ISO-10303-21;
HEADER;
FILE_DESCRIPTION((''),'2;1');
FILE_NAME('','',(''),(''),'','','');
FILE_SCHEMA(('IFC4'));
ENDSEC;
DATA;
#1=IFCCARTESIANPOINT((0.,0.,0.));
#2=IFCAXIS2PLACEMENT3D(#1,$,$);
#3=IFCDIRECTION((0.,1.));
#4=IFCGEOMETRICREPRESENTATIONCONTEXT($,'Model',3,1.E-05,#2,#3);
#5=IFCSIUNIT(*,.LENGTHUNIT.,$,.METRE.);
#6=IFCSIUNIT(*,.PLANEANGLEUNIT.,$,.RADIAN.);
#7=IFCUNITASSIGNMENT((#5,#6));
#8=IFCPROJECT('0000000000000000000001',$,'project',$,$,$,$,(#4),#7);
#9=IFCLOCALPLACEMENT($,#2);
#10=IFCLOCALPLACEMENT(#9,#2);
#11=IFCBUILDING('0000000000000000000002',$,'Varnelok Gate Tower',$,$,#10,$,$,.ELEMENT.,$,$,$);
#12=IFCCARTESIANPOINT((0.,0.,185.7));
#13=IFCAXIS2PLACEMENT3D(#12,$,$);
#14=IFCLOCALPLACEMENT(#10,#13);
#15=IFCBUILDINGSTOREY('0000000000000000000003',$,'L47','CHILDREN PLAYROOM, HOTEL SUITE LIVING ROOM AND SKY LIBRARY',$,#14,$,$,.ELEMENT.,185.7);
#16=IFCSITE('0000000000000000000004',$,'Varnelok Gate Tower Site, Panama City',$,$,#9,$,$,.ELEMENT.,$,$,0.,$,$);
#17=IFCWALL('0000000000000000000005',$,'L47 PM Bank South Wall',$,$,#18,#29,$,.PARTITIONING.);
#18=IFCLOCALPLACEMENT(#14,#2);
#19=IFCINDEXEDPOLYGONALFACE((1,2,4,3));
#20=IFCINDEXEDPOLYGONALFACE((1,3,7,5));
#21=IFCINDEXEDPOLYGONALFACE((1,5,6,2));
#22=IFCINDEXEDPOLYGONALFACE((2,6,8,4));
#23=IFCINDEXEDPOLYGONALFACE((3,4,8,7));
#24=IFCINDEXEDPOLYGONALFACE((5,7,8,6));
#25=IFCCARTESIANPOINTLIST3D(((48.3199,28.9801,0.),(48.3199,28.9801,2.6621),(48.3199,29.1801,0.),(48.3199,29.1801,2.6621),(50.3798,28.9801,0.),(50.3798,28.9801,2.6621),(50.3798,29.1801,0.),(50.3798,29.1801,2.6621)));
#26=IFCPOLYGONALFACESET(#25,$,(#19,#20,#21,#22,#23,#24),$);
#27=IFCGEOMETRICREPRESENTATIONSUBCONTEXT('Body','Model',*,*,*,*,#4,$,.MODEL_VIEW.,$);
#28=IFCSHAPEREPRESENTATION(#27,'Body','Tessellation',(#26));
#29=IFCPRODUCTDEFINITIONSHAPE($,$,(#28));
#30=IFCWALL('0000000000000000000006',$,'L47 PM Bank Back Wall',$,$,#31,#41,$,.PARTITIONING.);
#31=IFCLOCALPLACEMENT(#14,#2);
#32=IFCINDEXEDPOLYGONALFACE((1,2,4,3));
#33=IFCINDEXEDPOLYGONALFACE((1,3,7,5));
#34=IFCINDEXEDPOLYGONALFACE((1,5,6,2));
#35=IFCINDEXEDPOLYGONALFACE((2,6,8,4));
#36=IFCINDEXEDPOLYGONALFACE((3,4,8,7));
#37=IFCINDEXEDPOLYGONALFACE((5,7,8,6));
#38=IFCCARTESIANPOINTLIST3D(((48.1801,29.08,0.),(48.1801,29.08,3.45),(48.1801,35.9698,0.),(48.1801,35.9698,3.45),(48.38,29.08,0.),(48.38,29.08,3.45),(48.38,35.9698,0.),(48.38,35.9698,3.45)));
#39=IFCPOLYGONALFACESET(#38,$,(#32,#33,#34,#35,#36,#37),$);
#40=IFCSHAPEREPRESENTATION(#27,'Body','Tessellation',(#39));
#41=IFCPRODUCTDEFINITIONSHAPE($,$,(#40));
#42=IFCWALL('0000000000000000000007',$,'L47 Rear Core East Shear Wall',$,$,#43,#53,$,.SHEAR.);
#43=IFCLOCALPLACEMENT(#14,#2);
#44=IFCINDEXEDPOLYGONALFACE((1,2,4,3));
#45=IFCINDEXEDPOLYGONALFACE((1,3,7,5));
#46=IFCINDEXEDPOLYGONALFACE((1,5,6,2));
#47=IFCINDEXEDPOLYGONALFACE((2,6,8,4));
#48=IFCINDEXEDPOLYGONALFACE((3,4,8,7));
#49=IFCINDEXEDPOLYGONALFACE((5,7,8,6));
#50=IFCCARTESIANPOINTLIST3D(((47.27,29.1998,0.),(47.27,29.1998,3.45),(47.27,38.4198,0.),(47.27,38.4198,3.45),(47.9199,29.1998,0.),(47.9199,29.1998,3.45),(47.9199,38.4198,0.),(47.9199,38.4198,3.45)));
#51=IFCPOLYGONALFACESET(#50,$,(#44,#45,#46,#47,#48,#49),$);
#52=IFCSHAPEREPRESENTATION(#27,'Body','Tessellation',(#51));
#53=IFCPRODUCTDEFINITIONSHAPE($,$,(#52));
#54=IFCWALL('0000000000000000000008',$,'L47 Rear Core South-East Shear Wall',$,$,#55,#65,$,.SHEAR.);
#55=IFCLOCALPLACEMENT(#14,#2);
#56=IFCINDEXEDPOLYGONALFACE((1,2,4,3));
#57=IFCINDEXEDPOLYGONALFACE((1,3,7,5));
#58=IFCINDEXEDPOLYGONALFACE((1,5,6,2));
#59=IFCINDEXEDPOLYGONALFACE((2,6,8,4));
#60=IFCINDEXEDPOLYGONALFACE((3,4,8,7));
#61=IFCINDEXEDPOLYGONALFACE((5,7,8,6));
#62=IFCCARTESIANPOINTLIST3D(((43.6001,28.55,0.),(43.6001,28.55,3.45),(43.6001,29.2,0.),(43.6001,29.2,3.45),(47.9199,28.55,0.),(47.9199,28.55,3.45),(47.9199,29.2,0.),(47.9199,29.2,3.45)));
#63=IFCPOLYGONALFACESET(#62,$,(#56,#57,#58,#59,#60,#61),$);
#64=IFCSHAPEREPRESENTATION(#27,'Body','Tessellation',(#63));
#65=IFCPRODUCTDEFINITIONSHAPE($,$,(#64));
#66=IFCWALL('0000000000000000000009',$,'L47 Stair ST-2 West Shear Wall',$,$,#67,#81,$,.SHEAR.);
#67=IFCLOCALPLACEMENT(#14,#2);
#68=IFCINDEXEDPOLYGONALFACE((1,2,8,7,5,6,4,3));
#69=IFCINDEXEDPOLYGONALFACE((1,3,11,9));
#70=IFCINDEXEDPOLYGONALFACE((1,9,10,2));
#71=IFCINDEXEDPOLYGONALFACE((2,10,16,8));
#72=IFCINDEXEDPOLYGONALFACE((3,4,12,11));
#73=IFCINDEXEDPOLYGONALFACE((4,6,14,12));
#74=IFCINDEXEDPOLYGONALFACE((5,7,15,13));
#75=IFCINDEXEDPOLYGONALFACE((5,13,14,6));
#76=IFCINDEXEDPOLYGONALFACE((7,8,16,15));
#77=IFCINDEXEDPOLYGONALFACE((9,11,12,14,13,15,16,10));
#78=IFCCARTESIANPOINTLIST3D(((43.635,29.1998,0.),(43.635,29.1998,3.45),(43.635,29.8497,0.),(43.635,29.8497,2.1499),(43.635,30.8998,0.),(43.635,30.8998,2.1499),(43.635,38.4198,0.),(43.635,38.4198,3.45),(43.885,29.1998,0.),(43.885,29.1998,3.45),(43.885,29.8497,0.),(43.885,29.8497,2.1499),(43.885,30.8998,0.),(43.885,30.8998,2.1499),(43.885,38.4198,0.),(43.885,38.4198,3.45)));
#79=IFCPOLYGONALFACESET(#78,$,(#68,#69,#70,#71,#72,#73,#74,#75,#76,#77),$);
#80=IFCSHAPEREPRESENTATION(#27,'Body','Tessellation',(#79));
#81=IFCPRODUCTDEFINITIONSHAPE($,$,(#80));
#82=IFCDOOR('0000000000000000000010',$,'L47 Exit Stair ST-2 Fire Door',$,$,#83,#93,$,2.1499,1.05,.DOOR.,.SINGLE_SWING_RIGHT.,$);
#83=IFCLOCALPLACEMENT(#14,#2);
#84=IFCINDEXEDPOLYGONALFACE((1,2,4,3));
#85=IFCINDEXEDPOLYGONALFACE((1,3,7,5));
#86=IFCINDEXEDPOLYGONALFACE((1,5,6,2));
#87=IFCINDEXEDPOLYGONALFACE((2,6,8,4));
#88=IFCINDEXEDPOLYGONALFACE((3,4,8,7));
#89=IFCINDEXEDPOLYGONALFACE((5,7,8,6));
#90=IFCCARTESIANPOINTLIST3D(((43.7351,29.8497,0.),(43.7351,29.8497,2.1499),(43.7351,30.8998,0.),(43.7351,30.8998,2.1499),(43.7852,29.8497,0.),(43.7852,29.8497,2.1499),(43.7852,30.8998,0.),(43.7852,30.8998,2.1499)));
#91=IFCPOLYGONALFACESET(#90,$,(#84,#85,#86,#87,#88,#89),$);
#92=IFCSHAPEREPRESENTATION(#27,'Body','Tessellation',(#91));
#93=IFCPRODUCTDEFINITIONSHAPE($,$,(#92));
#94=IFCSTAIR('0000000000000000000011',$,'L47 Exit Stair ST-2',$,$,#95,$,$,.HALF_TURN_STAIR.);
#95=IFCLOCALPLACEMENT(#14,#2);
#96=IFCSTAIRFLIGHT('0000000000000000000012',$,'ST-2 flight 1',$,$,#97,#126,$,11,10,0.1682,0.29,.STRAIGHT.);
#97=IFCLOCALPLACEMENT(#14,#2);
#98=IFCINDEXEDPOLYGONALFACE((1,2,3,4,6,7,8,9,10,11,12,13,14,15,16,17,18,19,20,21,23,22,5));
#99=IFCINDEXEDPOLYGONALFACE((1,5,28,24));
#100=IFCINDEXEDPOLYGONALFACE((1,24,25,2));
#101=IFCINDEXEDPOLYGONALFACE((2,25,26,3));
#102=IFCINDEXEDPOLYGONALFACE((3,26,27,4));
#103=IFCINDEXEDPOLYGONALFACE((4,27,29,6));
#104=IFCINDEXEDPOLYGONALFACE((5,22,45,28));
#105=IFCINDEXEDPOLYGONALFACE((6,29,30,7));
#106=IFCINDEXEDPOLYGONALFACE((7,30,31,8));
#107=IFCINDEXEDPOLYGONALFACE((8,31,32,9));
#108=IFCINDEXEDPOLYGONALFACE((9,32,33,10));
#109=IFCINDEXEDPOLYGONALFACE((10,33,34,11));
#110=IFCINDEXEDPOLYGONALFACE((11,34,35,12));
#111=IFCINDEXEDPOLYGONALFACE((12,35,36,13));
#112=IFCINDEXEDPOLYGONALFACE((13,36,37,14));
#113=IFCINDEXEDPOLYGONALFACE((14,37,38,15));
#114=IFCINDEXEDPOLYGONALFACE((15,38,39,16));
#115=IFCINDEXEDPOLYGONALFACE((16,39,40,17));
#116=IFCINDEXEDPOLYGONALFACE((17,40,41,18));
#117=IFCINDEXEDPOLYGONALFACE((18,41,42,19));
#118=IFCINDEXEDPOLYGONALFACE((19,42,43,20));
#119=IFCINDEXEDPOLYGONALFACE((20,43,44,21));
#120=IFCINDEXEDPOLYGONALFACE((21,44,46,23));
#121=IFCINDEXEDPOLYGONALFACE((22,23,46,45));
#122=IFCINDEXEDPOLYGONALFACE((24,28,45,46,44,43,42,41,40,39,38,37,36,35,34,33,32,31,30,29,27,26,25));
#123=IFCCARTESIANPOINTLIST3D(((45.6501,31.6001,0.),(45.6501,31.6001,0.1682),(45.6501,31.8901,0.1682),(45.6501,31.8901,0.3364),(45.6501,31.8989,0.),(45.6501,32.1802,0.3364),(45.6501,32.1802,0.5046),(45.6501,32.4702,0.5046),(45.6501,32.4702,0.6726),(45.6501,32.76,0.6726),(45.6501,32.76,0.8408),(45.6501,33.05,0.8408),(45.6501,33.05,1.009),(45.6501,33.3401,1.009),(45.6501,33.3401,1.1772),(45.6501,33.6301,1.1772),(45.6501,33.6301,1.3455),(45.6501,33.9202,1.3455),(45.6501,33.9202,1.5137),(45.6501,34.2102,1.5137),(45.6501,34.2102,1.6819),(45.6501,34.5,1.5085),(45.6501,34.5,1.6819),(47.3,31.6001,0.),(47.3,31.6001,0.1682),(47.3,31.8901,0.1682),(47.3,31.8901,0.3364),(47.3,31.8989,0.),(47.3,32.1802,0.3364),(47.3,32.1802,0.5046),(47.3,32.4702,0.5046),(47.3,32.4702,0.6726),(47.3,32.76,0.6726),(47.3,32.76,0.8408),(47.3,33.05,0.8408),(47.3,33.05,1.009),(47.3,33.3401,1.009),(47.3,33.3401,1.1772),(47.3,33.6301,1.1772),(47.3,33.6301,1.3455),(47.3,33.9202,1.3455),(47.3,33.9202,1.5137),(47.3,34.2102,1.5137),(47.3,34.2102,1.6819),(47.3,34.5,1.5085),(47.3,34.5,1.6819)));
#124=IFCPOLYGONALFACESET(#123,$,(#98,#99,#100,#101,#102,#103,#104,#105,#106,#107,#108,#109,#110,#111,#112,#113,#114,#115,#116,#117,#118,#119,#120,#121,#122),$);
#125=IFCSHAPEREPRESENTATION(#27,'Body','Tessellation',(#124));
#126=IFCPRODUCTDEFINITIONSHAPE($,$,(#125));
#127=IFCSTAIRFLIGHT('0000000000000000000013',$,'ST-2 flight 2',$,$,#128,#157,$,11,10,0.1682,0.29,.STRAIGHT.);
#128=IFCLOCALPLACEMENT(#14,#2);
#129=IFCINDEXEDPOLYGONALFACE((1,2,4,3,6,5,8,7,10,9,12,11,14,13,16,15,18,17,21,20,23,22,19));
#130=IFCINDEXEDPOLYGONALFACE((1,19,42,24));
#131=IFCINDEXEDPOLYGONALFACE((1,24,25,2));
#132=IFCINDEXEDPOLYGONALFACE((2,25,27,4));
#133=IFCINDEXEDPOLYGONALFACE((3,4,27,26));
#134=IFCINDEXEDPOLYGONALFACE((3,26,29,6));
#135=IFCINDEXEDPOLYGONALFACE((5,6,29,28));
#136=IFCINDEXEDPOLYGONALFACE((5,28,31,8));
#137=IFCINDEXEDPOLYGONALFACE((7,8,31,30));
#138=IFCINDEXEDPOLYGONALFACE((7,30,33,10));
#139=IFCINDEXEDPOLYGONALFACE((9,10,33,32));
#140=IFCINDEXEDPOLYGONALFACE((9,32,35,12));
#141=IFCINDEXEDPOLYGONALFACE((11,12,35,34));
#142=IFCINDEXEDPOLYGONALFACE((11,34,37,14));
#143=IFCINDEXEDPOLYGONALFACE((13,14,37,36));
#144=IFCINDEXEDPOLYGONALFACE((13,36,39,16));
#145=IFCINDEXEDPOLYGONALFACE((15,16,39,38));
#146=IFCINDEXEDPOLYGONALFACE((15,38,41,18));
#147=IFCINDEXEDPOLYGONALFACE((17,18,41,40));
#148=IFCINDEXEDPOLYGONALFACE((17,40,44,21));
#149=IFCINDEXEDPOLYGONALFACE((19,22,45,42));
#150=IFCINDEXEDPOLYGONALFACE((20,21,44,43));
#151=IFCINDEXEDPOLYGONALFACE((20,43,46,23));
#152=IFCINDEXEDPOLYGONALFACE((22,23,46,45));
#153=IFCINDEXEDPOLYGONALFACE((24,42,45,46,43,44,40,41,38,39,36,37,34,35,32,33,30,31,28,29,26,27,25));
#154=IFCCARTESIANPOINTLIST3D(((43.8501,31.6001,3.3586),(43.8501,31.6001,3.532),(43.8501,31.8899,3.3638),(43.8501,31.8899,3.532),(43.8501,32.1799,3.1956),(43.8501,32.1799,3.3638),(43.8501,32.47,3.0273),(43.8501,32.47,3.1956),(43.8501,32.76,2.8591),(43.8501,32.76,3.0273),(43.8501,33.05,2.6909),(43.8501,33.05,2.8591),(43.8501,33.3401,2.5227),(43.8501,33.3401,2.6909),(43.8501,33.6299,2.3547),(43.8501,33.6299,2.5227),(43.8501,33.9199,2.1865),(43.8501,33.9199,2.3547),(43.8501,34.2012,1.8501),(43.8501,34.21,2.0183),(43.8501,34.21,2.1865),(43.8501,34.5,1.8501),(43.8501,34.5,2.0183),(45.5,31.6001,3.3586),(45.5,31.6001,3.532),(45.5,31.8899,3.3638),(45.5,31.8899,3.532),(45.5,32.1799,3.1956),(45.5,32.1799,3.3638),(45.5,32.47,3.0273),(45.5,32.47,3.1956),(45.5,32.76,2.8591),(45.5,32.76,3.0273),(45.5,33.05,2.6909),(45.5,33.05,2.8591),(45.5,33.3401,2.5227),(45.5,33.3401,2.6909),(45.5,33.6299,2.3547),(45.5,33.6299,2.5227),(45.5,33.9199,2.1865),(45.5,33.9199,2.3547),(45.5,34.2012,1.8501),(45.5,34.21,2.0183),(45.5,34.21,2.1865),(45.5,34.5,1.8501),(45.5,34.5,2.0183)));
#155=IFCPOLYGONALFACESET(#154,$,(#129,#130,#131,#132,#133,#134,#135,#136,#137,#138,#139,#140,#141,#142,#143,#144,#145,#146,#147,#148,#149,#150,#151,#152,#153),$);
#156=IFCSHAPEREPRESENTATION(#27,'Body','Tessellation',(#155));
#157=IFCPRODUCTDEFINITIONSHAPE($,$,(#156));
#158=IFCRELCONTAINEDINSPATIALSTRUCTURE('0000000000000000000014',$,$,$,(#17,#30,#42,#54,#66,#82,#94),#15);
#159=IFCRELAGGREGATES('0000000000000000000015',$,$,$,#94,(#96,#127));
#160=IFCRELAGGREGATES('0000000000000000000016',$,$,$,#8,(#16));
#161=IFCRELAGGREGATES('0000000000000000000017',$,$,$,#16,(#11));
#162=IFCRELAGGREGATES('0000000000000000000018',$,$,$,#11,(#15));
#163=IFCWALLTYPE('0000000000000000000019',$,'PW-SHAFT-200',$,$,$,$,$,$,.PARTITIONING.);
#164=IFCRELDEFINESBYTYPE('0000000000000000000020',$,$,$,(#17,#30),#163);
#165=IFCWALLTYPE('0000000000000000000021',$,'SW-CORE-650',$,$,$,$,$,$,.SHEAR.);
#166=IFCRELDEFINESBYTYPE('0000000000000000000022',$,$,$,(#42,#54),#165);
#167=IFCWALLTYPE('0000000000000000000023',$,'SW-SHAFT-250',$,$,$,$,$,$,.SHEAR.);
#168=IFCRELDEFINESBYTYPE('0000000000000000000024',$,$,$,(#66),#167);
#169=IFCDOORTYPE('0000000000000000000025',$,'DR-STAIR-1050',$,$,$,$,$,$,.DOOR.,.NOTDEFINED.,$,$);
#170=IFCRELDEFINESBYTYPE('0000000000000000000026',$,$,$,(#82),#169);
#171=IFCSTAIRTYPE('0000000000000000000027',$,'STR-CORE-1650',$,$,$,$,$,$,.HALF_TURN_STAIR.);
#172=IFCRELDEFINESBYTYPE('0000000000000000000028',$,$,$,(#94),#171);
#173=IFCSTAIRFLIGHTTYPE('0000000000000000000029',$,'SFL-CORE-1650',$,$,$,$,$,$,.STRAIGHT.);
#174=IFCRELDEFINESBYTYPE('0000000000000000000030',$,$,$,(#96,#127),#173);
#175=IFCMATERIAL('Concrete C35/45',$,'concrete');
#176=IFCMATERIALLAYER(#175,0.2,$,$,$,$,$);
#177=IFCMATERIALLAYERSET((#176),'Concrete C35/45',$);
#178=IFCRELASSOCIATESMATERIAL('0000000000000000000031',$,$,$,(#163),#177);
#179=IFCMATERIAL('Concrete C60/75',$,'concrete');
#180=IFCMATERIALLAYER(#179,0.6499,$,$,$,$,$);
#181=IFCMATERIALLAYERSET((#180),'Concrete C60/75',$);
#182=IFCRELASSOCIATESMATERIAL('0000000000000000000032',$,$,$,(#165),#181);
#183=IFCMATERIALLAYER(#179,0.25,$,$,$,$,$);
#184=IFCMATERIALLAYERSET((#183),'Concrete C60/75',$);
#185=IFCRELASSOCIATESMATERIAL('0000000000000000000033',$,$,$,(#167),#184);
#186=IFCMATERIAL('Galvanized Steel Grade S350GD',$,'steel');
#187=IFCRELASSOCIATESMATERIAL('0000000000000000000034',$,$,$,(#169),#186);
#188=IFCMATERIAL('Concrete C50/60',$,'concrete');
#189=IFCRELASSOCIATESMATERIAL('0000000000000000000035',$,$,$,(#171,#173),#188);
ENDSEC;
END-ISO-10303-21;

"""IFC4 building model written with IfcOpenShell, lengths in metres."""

from ifc_helpers import new_model, si_unit, direction, frame, frame_2d, origin, place, context, subcontext, project, spatial, polyline, rectangle, outline, extrude, material, layer, layer_set, type_object, element, fill, aggregate, save


model = new_model("IFC4")

# Units and contexts
model_context = context("Model", 3, precision=1e-05, world=origin(), true_north=direction((0.0, 1.0)))
body_context = subcontext(model_context, "Body", "Model", "MODEL_VIEW")
ifc_project = project(units=[si_unit("LENGTHUNIT", "METRE"), si_unit("PLANEANGLEUNIT", "RADIAN")], contexts=[model_context])

# Site, building, storey
site_placement = place(None, origin())
site = spatial("IfcSite", under=ifc_project, at=site_placement, Name="Varnelok Gate Tower Site, Panama City", CompositionType="ELEMENT", RefElevation=0.0)
building_placement = place(site_placement, origin())
building = spatial("IfcBuilding", under=site, at=building_placement, Name="Varnelok Gate Tower", CompositionType="ELEMENT")
storey_placement = place(building_placement, frame((0.0, 0.0, 185.7)))
storey = spatial("IfcBuildingStorey", under=building, at=storey_placement, Name="L47", Description="CHILDREN PLAYROOM, HOTEL SUITE LIVING ROOM AND SKY LIBRARY", CompositionType="ELEMENT", Elevation=185.7)

# Shared definitions
ifc_material_1 = material(Name="Galvanized Steel Grade S350GD", Category="steel")

# Shared definitions
ifc_material_2 = material(Name="Concrete C35/45", Category="concrete")
ifc_layer_1 = layer(ifc_material_2, 0.2)
ifc_layer_set_1 = layer_set([ifc_layer_1], Name="Concrete C35/45")
wall_type_1 = type_object("IfcWallType", Name="PW-SHAFT-200", PredefinedType="PARTITIONING", material=ifc_layer_set_1)

# Walls
wall_1_placement = place(storey_placement, frame((48.3201, 29.0801, 0.0), z_axis=(0.0, 0.0, 1.0), x_axis=(1.0, 0.0, 0.0)))
element("IfcWall", 1, at=wall_1_placement, inside=storey, type_object=wall_type_1, Name="L47 PM Bank South Wall", PredefinedType="PARTITIONING", context=body_context, shape_type="SweptSolid", body=[
    extrude(rectangle(XDim=2.0598, YDim=0.2, at=frame_2d((1.0298, 0.0))), origin(), (0.0, 0.0, 1.0), 2.6621),
])
wall_2_placement = place(storey_placement, frame((48.28, 29.0801, 0.0), z_axis=(0.0, 0.0, 1.0), x_axis=(0.0, 1.0, 0.0)))
element("IfcWall", 2, at=wall_2_placement, inside=storey, type_object=wall_type_1, Name="L47 PM Bank Back Wall", PredefinedType="PARTITIONING", context=body_context, shape_type="SweptSolid", body=[
    extrude(rectangle(XDim=6.8899, YDim=0.2, at=frame_2d((3.4448, 0.0))), origin(), (0.0, 0.0, 1.0), 3.45),
])
ifc_material_3 = material(Name="Concrete C60/75", Category="concrete")
ifc_layer_2 = layer(ifc_material_3, 0.6499)
ifc_layer_set_2 = layer_set([ifc_layer_2], Name="Concrete C60/75")
wall_type_2 = type_object("IfcWallType", Name="SW-CORE-650", PredefinedType="SHEAR", material=ifc_layer_set_2)
wall_3_placement = place(storey_placement, frame((47.595, 29.2, 0.0), z_axis=(0.0, 0.0, 1.0), x_axis=(0.0, 1.0, 0.0)))
element("IfcWall", 3, at=wall_3_placement, inside=storey, type_object=wall_type_2, Name="L47 Rear Core East Shear Wall", PredefinedType="SHEAR", context=body_context, shape_type="SweptSolid", body=[
    extrude(rectangle(XDim=9.22, YDim=0.6499, at=frame_2d((4.6099, 0.0))), origin(), (0.0, 0.0, 1.0), 3.45),
])
wall_4_placement = place(storey_placement, frame((43.6001, 28.875, 0.0), z_axis=(0.0, 0.0, 1.0), x_axis=(1.0, 0.0, 0.0)))
element("IfcWall", 4, at=wall_4_placement, inside=storey, type_object=wall_type_2, Name="L47 Rear Core South-East Shear Wall", PredefinedType="SHEAR", context=body_context, shape_type="SweptSolid", body=[
    extrude(rectangle(XDim=4.3198, YDim=0.6499, at=frame_2d((2.1599, 0.0))), origin(), (0.0, 0.0, 1.0), 3.45),
])

# Wall, opening, door
ifc_layer_3 = layer(ifc_material_3, 0.25)
ifc_layer_set_3 = layer_set([ifc_layer_3], Name="Concrete C60/75")
wall_type_3 = type_object("IfcWallType", Name="SW-SHAFT-250", PredefinedType="SHEAR", material=ifc_layer_set_3)
wall_5_placement = place(storey_placement, frame((43.76, 29.2, 0.0), z_axis=(0.0, 0.0, 1.0), x_axis=(0.0, 1.0, 0.0)))
wall_5 = element("IfcWall", 5, at=wall_5_placement, inside=storey, type_object=wall_type_3, Name="L47 Stair ST-2 West Shear Wall", PredefinedType="SHEAR", context=body_context, shape_type="SweptSolid", body=[
    extrude(rectangle(XDim=9.22, YDim=0.25, at=frame_2d((4.6099, 0.0))), origin(), (0.0, 0.0, 1.0), 3.45),
])
opening_1_placement = place(wall_5_placement, frame((0.6499, 0.0, 0.0)))
opening_1 = element("IfcOpeningElement", 6, at=opening_1_placement, cuts=wall_5, PredefinedType="OPENING", context=body_context, shape_type="SweptSolid", body=[
    extrude(rectangle(XDim=1.05, YDim=2.1499, at=frame_2d((0.5249, 1.075))), frame((0.0, 0.135, 0.0), z_axis=(0.0, -1.0, 0.0), x_axis=(1.0, 0.0, 0.0)), (0.0, 0.0, 1.0), 0.27),
])
door_type_1 = type_object("IfcDoorType", Name="DR-STAIR-1050", OperationType="NOTDEFINED", PredefinedType="DOOR", material=ifc_material_1)
door_1_placement = place(opening_1_placement, origin())
door_1 = element("IfcDoor", 7, at=door_1_placement, inside=storey, type_object=door_type_1, Name="L47 Exit Stair ST-2 Fire Door", OperationType="SINGLE_SWING_RIGHT", OverallHeight=2.1499, OverallWidth=1.05, PredefinedType="DOOR", context=body_context, shape_type="SweptSolid", body=[
    extrude(rectangle(XDim=1.05, YDim=2.1499, at=frame_2d((0.5249, 1.075))), frame((0.0, 0.0249, 0.0), z_axis=(0.0, -1.0, 0.0), x_axis=(1.0, 0.0, 0.0)), (0.0, 0.0, 1.0), 0.05),
])
fill(opening_1, door_1)

# Stair, stair flights
ifc_material_4 = material(Name="Concrete C50/60", Category="concrete")
stair_type = type_object("IfcStairType", Name="STR-CORE-1650", PredefinedType="HALF_TURN_STAIR", material=ifc_material_4)
stair_placement = place(storey_placement, origin())
stair = element("IfcStair", 8, at=stair_placement, inside=storey, type_object=stair_type, Name="L47 Exit Stair ST-2", PredefinedType="HALF_TURN_STAIR")
stair_flight_type = type_object("IfcStairFlightType", Name="SFL-CORE-1650", PredefinedType="STRAIGHT", material=ifc_material_4)
stair_flight_1_placement = place(storey_placement, frame((46.4751, 31.6001, 0.0), z_axis=(0.0, 0.0, 1.0), x_axis=(0.0, 1.0, 0.0)))
stair_flight_1 = element("IfcStairFlight", 9, at=stair_flight_1_placement, type_object=stair_flight_type, Name="ST-2 flight 1", NumberOfRisers=11, NumberOfTreads=10, PredefinedType="STRAIGHT", RiserHeight=0.1682, TreadLength=0.29, context=body_context, shape_type="SweptSolid", body=[
    extrude(outline(polyline([(0.0, 0.0), (0.0, 0.1682), (0.29, 0.1682), (0.29, 0.3364), (0.5801, 0.3364), (0.5801, 0.5046), (0.8701, 0.5046), (0.8701, 0.6726), (1.1599, 0.6726), (1.1599, 0.8408), (1.45, 0.8408), (1.45, 1.009), (1.74, 1.009), (1.74, 1.1772), (2.03, 1.1772), (2.03, 1.3455), (2.3201, 1.3455), (2.3201, 1.5137), (2.6101, 1.5137), (2.6101, 1.6819), (2.8999, 1.6819), (2.8999, 1.8501), (2.8999, 1.5085), (0.2988, 0.0), (0.0, 0.0)])), frame((0.0, 0.825, 0.0), z_axis=(0.0, -1.0, 0.0), x_axis=(1.0, 0.0, 0.0)), (0.0, 0.0, 1.0), 1.6499),
])
stair_flight_2_placement = place(storey_placement, frame((44.675, 34.5, 1.8501), z_axis=(0.0, 0.0, 1.0), x_axis=(0.0, -1.0, 0.0)))
stair_flight_2 = element("IfcStairFlight", 10, at=stair_flight_2_placement, type_object=stair_flight_type, Name="ST-2 flight 2", NumberOfRisers=11, NumberOfTreads=10, PredefinedType="STRAIGHT", RiserHeight=0.1682, TreadLength=0.29, context=body_context, shape_type="SweptSolid", body=[
    extrude(outline(polyline([(0.0, 0.0), (0.0, 0.1682), (0.29, 0.1682), (0.29, 0.3364), (0.5801, 0.3364), (0.5801, 0.5046), (0.8701, 0.5046), (0.8701, 0.6726), (1.1599, 0.6726), (1.1599, 0.8408), (1.45, 0.8408), (1.45, 1.009), (1.74, 1.009), (1.74, 1.1772), (2.03, 1.1772), (2.03, 1.3455), (2.3201, 1.3455), (2.3201, 1.5137), (2.6101, 1.5137), (2.6101, 1.6819), (2.8999, 1.6819), (2.8999, 1.8501), (2.8999, 1.5085), (0.2988, 0.0), (0.0, 0.0)])), frame((0.0, 0.825, 0.0), z_axis=(0.0, -1.0, 0.0), x_axis=(1.0, 0.0, 0.0)), (0.0, 0.0, 1.0), 1.6499),
])
aggregate(stair, [stair_flight_1, stair_flight_2])

save(model, "model.ifc")
